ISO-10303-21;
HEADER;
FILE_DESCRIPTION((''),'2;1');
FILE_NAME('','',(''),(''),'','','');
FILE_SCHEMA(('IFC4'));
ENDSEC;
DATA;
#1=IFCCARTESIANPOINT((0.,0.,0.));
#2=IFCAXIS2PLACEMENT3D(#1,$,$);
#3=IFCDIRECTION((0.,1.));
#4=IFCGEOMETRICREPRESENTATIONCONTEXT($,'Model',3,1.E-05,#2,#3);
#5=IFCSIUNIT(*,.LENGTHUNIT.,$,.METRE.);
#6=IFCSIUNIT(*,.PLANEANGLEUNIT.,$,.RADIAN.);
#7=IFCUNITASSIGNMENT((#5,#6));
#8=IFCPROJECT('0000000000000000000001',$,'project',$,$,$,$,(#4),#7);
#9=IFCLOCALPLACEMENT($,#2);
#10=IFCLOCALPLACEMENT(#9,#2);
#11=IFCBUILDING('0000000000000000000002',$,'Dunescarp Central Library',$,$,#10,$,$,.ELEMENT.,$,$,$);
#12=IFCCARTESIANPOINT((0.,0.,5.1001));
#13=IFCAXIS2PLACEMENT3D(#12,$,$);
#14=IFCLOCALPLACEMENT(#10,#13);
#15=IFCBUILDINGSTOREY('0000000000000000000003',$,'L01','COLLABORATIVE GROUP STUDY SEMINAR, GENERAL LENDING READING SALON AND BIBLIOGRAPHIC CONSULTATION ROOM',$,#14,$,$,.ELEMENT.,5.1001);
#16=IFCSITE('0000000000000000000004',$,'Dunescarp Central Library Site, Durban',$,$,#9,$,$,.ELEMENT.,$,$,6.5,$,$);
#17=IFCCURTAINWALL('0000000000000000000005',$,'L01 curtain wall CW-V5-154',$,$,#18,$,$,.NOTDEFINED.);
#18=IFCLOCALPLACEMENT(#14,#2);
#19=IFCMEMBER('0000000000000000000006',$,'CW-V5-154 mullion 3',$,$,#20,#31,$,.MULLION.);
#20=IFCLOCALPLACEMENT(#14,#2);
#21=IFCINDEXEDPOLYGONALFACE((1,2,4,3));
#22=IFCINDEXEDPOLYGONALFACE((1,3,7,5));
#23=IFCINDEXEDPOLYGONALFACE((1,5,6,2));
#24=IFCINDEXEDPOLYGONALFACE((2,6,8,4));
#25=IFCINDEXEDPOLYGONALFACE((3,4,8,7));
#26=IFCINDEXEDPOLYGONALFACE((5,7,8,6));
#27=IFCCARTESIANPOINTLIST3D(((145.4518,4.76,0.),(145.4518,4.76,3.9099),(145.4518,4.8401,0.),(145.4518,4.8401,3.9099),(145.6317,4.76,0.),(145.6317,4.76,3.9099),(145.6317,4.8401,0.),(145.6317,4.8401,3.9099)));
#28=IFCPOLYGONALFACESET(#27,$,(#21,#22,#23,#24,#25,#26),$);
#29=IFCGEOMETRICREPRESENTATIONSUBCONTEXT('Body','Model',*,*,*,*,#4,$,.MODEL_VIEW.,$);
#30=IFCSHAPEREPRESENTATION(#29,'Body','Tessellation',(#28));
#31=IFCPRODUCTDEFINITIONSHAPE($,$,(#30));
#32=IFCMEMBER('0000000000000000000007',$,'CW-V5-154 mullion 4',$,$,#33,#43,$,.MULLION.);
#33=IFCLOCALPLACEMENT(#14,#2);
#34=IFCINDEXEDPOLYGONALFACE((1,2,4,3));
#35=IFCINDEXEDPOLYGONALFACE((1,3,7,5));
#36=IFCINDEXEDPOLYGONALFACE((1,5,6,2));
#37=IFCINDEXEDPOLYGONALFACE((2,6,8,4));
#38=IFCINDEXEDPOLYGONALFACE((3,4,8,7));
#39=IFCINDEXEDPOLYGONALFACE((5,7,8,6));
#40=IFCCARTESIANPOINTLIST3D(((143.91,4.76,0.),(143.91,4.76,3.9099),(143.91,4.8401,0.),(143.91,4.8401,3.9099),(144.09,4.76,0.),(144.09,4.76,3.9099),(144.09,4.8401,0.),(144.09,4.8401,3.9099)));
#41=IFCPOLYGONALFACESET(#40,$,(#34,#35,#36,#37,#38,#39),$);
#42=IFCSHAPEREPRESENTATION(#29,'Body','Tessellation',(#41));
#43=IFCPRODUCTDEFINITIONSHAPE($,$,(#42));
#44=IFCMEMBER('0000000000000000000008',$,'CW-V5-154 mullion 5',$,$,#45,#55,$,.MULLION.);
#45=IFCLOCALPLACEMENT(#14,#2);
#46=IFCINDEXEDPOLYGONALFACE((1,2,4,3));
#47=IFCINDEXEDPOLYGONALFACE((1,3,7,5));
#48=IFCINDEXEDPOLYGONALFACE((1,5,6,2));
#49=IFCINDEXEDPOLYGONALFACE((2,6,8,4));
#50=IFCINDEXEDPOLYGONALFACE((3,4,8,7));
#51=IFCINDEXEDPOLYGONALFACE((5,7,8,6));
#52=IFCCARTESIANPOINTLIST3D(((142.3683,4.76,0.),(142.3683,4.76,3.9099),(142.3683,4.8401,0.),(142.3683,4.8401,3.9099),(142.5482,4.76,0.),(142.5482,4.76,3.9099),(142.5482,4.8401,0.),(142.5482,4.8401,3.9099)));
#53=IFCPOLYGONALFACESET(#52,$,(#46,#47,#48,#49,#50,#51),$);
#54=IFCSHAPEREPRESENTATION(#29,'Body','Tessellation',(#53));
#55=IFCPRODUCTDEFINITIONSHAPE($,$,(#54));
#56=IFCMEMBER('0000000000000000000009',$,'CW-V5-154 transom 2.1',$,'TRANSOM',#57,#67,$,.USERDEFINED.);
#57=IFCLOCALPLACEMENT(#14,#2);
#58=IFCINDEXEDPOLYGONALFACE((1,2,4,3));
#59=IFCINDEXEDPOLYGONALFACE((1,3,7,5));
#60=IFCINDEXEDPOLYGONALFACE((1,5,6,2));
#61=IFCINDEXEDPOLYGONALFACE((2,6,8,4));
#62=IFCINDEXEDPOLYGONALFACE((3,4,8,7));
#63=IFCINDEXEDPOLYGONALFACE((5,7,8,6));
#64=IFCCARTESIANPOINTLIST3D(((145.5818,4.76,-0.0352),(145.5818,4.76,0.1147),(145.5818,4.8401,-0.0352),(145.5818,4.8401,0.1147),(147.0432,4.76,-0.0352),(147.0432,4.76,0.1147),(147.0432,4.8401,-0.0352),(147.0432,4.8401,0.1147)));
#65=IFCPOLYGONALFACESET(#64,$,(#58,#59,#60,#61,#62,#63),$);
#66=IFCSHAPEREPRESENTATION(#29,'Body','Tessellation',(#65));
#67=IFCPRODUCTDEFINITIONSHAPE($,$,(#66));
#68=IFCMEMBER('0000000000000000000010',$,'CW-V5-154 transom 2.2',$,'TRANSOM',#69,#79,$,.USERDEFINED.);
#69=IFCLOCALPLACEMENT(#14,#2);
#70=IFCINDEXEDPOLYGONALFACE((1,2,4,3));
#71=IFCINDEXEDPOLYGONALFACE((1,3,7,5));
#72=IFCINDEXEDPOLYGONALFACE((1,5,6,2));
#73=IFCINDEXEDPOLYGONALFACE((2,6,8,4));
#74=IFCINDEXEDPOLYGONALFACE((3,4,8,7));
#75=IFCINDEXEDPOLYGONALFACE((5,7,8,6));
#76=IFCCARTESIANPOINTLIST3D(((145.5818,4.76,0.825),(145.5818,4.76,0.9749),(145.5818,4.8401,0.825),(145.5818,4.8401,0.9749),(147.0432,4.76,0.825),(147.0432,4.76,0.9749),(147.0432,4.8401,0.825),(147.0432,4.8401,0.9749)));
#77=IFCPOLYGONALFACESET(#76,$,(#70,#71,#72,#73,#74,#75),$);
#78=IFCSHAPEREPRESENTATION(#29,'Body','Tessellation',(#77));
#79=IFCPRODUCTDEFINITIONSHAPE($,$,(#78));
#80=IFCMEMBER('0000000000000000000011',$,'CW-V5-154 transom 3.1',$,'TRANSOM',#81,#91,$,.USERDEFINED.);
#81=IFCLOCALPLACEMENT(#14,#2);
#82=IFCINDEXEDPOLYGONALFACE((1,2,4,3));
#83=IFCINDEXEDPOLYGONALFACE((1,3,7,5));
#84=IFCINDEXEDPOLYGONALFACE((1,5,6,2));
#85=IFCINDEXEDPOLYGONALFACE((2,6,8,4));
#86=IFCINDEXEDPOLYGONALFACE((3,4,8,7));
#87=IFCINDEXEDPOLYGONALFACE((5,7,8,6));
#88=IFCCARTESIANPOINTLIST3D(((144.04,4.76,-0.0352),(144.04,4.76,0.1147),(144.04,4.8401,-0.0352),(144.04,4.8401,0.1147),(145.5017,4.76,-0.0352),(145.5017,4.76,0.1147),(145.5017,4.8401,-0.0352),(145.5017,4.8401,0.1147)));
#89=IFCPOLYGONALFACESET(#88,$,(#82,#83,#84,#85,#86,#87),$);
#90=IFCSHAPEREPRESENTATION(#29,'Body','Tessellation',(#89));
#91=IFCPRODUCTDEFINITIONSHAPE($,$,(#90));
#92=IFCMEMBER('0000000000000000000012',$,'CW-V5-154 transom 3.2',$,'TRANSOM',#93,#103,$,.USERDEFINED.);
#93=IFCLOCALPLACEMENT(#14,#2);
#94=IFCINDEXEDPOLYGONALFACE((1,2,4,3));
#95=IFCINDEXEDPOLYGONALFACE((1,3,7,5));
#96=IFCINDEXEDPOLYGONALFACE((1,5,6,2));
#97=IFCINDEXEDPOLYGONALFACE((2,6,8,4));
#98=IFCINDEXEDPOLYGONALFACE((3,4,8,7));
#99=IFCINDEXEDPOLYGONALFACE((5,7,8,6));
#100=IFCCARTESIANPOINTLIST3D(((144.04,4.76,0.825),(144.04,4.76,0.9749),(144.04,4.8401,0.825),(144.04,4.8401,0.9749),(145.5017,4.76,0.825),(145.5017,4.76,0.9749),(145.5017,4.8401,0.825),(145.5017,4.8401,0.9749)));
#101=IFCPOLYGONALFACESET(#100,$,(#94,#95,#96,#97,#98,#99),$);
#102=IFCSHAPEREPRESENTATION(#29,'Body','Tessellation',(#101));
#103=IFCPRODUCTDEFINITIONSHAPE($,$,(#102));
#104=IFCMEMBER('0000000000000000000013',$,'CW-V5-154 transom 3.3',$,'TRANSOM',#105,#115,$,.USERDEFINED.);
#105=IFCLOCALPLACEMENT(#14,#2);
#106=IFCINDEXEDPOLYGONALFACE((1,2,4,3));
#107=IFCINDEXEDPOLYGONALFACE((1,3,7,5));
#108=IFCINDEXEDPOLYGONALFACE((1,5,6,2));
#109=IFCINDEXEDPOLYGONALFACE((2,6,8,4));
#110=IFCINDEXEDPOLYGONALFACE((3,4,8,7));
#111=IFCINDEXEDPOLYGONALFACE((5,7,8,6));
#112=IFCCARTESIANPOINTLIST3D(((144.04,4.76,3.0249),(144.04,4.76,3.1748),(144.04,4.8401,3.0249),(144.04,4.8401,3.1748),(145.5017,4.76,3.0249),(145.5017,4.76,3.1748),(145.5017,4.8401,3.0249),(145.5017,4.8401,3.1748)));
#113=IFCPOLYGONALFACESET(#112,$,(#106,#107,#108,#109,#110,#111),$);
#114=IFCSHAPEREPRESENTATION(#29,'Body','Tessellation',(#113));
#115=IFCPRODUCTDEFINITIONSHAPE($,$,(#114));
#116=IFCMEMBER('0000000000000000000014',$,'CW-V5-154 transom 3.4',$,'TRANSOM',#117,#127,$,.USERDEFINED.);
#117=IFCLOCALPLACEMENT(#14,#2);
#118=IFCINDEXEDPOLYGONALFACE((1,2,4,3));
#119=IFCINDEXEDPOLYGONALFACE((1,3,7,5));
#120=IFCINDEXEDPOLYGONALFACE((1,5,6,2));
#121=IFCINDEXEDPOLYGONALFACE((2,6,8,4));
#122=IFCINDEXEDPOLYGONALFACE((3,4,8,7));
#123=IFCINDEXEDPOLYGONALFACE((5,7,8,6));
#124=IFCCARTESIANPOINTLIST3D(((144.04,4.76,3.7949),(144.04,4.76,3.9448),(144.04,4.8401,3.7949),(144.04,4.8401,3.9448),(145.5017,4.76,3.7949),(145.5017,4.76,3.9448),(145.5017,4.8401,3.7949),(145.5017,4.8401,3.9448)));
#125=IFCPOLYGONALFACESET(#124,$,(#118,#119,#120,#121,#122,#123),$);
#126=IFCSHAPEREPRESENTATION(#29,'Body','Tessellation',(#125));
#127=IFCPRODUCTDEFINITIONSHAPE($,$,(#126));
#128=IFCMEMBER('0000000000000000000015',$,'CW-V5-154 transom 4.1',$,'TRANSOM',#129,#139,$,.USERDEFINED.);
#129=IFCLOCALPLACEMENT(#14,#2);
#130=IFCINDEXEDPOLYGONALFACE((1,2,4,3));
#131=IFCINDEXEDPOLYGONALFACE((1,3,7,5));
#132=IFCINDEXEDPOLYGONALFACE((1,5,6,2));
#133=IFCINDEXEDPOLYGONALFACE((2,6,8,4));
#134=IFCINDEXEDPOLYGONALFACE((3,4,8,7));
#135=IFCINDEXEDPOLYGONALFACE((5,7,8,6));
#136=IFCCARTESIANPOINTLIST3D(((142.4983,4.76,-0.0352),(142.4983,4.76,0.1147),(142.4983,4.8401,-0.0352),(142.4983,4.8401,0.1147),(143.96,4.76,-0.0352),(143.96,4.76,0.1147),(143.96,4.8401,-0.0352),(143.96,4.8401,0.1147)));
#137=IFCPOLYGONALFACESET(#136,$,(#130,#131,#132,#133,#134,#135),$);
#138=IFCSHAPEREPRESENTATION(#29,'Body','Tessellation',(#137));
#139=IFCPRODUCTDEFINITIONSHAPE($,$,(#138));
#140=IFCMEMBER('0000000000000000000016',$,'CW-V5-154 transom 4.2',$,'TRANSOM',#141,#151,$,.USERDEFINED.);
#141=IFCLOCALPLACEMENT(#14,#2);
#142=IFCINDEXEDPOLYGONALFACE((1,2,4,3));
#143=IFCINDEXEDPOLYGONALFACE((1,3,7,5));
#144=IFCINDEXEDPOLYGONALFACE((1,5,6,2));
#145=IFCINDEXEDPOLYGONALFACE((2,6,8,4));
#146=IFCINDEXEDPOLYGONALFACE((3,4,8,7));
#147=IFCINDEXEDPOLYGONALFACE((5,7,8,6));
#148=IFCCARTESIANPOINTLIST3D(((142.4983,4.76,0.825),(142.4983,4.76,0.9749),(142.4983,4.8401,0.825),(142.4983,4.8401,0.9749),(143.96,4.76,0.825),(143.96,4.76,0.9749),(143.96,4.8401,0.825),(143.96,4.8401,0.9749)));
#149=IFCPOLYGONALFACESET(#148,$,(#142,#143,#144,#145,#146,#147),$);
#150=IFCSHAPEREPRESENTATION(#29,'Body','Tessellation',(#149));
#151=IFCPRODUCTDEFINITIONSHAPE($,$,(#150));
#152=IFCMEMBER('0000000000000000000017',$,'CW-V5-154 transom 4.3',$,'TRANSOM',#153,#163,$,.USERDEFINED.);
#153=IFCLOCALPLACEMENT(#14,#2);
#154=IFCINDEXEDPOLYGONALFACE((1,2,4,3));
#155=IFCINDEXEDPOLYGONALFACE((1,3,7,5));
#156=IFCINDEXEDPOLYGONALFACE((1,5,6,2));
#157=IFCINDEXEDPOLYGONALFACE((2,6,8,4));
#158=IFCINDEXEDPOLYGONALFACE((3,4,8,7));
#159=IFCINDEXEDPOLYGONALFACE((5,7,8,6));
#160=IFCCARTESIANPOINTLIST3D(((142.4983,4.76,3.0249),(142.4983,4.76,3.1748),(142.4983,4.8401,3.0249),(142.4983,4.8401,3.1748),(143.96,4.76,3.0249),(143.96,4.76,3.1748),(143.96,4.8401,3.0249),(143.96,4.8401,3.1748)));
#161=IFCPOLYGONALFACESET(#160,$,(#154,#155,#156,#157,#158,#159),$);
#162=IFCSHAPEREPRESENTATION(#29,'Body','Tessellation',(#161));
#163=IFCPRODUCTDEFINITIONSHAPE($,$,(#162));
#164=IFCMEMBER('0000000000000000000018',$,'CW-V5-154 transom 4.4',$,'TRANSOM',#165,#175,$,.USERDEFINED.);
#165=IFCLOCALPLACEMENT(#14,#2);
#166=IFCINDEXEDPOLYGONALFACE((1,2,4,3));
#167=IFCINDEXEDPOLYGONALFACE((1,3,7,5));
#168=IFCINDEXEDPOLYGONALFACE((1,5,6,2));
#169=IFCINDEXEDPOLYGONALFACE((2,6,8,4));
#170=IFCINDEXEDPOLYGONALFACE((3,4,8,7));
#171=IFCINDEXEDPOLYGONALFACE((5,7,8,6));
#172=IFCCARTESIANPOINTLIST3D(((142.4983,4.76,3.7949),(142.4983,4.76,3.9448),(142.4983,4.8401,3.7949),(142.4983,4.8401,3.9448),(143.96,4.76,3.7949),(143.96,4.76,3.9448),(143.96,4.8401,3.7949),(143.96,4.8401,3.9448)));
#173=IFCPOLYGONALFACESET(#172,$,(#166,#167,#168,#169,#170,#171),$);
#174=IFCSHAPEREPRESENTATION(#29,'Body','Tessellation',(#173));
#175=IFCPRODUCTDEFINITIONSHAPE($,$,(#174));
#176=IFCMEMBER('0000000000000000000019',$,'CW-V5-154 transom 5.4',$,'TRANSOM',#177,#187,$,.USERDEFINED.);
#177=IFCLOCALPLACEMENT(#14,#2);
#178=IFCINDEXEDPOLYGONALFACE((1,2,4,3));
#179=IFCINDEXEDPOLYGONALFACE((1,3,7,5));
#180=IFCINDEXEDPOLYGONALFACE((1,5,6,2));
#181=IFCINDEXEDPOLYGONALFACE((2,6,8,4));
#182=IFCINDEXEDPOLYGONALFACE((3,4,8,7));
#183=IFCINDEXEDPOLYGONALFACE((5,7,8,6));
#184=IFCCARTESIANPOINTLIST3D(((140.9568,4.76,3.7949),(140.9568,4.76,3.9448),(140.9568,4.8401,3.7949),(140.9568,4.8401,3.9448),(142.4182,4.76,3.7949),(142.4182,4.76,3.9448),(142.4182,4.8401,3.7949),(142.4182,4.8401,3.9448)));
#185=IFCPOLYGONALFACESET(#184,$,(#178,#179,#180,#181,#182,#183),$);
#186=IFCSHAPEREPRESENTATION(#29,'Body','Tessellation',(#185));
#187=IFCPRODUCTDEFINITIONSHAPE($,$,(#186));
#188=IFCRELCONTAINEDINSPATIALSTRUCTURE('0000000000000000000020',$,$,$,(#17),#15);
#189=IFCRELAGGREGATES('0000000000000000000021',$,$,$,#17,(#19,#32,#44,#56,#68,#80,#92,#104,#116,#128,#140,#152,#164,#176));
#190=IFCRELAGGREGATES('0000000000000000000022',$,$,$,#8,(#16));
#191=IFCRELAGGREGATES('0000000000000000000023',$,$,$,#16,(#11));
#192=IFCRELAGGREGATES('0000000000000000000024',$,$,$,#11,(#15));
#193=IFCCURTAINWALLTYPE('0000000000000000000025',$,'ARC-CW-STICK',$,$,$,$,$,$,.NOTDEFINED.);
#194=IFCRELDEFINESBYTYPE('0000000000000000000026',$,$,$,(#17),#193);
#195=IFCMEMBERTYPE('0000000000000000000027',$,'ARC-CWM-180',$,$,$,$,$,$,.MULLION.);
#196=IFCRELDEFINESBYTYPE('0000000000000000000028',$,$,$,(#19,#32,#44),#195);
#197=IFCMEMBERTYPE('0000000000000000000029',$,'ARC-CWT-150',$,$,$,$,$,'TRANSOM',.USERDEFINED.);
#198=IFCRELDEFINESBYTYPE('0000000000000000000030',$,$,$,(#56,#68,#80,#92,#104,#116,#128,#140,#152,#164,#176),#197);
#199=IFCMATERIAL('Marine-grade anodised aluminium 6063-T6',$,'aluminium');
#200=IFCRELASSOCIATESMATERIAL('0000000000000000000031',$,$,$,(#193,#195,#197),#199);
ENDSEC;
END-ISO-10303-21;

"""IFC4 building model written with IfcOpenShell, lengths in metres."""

from ifc_helpers import new_model, si_unit, direction, frame, origin, origin_2d, place, context, subcontext, project, spatial, rectangle, extrude, material, material_profile, profile_set, type_object, element, aggregate, save


model = new_model("IFC4")

# Units and contexts
model_context = context("Model", 3, precision=1e-05, world=origin(), true_north=direction((0.0, 1.0)))
body_context = subcontext(model_context, "Body", "Model", "MODEL_VIEW")
ifc_project = project(units=[si_unit("LENGTHUNIT", "METRE"), si_unit("PLANEANGLEUNIT", "RADIAN")], contexts=[model_context])

# Site, building, storey
site_placement = place(None, origin())
site = spatial("IfcSite", under=ifc_project, at=site_placement, Name="Dunescarp Central Library Site, Durban", CompositionType="ELEMENT", RefElevation=6.5)
building_placement = place(site_placement, origin())
building = spatial("IfcBuilding", under=site, at=building_placement, Name="Dunescarp Central Library", CompositionType="ELEMENT")
storey_placement = place(building_placement, frame((0.0, 0.0, 5.1001)))
storey = spatial("IfcBuildingStorey", under=building, at=storey_placement, Name="L01", Description="COLLABORATIVE GROUP STUDY SEMINAR, GENERAL LENDING READING SALON AND BIBLIOGRAPHIC CONSULTATION ROOM", CompositionType="ELEMENT", Elevation=5.1001)

# Curtain wall, members
ifc_material_1 = material(Name="Marine-grade anodised aluminium 6063-T6", Category="aluminium")
curtain_wall_type = type_object("IfcCurtainWallType", Name="ARC-CW-STICK", PredefinedType="NOTDEFINED", material=ifc_material_1)
curtain_wall_placement = place(storey_placement, origin())
curtain_wall = element("IfcCurtainWall", 1, at=curtain_wall_placement, inside=storey, type_object=curtain_wall_type, Name="L01 curtain wall CW-V5-154", PredefinedType="NOTDEFINED")
ifc_material_profile_1 = material_profile(ifc_material_1, rectangle(XDim=0.0801, YDim=0.1799, at=origin_2d()), Name="AL 80x180")
ifc_profile_set_1 = profile_set([ifc_material_profile_1], Name="Marine-grade anodised aluminium 6063-T6")
member_type_1 = type_object("IfcMemberType", Name="ARC-CWM-180", PredefinedType="MULLION", material=ifc_profile_set_1)
member_1_placement = place(storey_placement, frame((145.5417, 4.8, 0.0), z_axis=(0.0, 0.0, 1.0), x_axis=(0.0, -1.0, 0.0)))
member_1 = element("IfcMember", 2, at=member_1_placement, type_object=member_type_1, Name="CW-V5-154 mullion 3", PredefinedType="MULLION", context=body_context, shape_type="SweptSolid", body=[
    extrude(rectangle(XDim=0.0801, YDim=0.1799, at=origin_2d()), origin(), (0.0, 0.0, 1.0), 3.9099),
])
member_2_placement = place(storey_placement, frame((144.0, 4.8, 0.0), z_axis=(0.0, 0.0, 1.0), x_axis=(0.0, -1.0, 0.0)))
member_2 = element("IfcMember", 3, at=member_2_placement, type_object=member_type_1, Name="CW-V5-154 mullion 4", PredefinedType="MULLION", context=body_context, shape_type="SweptSolid", body=[
    extrude(rectangle(XDim=0.0801, YDim=0.1799, at=origin_2d()), origin(), (0.0, 0.0, 1.0), 3.9099),
])
member_3_placement = place(storey_placement, frame((142.4583, 4.8, 0.0), z_axis=(0.0, 0.0, 1.0), x_axis=(0.0, -1.0, 0.0)))
member_3 = element("IfcMember", 4, at=member_3_placement, type_object=member_type_1, Name="CW-V5-154 mullion 5", PredefinedType="MULLION", context=body_context, shape_type="SweptSolid", body=[
    extrude(rectangle(XDim=0.0801, YDim=0.1799, at=origin_2d()), origin(), (0.0, 0.0, 1.0), 3.9099),
])
ifc_material_profile_2 = material_profile(ifc_material_1, rectangle(XDim=0.0801, YDim=0.1499, at=origin_2d()), Name="AL 80x150")
ifc_profile_set_2 = profile_set([ifc_material_profile_2], Name="Marine-grade anodised aluminium 6063-T6")
member_type_2 = type_object("IfcMemberType", Name="ARC-CWT-150", ElementType="TRANSOM", PredefinedType="USERDEFINED", material=ifc_profile_set_2)
member_4_placement = place(storey_placement, frame((147.0432, 4.8, 0.0398), z_axis=(-1.0, 0.0, 0.0), x_axis=(0.0, -1.0, 0.0)))
member_4 = element("IfcMember", 5, at=member_4_placement, type_object=member_type_2, Name="CW-V5-154 transom 2.1", ObjectType="TRANSOM", PredefinedType="USERDEFINED", context=body_context, shape_type="SweptSolid", body=[
    extrude(rectangle(XDim=0.0801, YDim=0.1499, at=origin_2d()), origin(), (0.0, 0.0, 1.0), 1.4614),
])
member_5_placement = place(storey_placement, frame((147.0432, 4.8, 0.8999), z_axis=(-1.0, 0.0, 0.0), x_axis=(0.0, -1.0, 0.0)))
member_5 = element("IfcMember", 6, at=member_5_placement, type_object=member_type_2, Name="CW-V5-154 transom 2.2", ObjectType="TRANSOM", PredefinedType="USERDEFINED", context=body_context, shape_type="SweptSolid", body=[
    extrude(rectangle(XDim=0.0801, YDim=0.1499, at=origin_2d()), origin(), (0.0, 0.0, 1.0), 1.4614),
])
member_6_placement = place(storey_placement, frame((145.5017, 4.8, 0.0398), z_axis=(-1.0, 0.0, 0.0), x_axis=(0.0, -1.0, 0.0)))
member_6 = element("IfcMember", 7, at=member_6_placement, type_object=member_type_2, Name="CW-V5-154 transom 3.1", ObjectType="TRANSOM", PredefinedType="USERDEFINED", context=body_context, shape_type="SweptSolid", body=[
    extrude(rectangle(XDim=0.0801, YDim=0.1499, at=origin_2d()), origin(), (0.0, 0.0, 1.0), 1.4617),
])
member_7_placement = place(storey_placement, frame((145.5017, 4.8, 0.8999), z_axis=(-1.0, 0.0, 0.0), x_axis=(0.0, -1.0, 0.0)))
member_7 = element("IfcMember", 8, at=member_7_placement, type_object=member_type_2, Name="CW-V5-154 transom 3.2", ObjectType="TRANSOM", PredefinedType="USERDEFINED", context=body_context, shape_type="SweptSolid", body=[
    extrude(rectangle(XDim=0.0801, YDim=0.1499, at=origin_2d()), origin(), (0.0, 0.0, 1.0), 1.4617),
])
member_8_placement = place(storey_placement, frame((145.5017, 4.8, 3.0999), z_axis=(-1.0, 0.0, 0.0), x_axis=(0.0, -1.0, 0.0)))
member_8 = element("IfcMember", 9, at=member_8_placement, type_object=member_type_2, Name="CW-V5-154 transom 3.3", ObjectType="TRANSOM", PredefinedType="USERDEFINED", context=body_context, shape_type="SweptSolid", body=[
    extrude(rectangle(XDim=0.0801, YDim=0.1499, at=origin_2d()), origin(), (0.0, 0.0, 1.0), 1.4617),
])
member_9_placement = place(storey_placement, frame((145.5017, 4.8, 3.8699), z_axis=(-1.0, 0.0, 0.0), x_axis=(0.0, -1.0, 0.0)))
member_9 = element("IfcMember", 10, at=member_9_placement, type_object=member_type_2, Name="CW-V5-154 transom 3.4", ObjectType="TRANSOM", PredefinedType="USERDEFINED", context=body_context, shape_type="SweptSolid", body=[
    extrude(rectangle(XDim=0.0801, YDim=0.1499, at=origin_2d()), origin(), (0.0, 0.0, 1.0), 1.4617),
])
member_10_placement = place(storey_placement, frame((143.96, 4.8, 0.0398), z_axis=(-1.0, 0.0, 0.0), x_axis=(0.0, -1.0, 0.0)))
member_10 = element("IfcMember", 11, at=member_10_placement, type_object=member_type_2, Name="CW-V5-154 transom 4.1", ObjectType="TRANSOM", PredefinedType="USERDEFINED", context=body_context, shape_type="SweptSolid", body=[
    extrude(rectangle(XDim=0.0801, YDim=0.1499, at=origin_2d()), origin(), (0.0, 0.0, 1.0), 1.4617),
])
member_11_placement = place(storey_placement, frame((143.96, 4.8, 0.8999), z_axis=(-1.0, 0.0, 0.0), x_axis=(0.0, -1.0, 0.0)))
member_11 = element("IfcMember", 12, at=member_11_placement, type_object=member_type_2, Name="CW-V5-154 transom 4.2", ObjectType="TRANSOM", PredefinedType="USERDEFINED", context=body_context, shape_type="SweptSolid", body=[
    extrude(rectangle(XDim=0.0801, YDim=0.1499, at=origin_2d()), origin(), (0.0, 0.0, 1.0), 1.4617),
])
member_12_placement = place(storey_placement, frame((143.96, 4.8, 3.0999), z_axis=(-1.0, 0.0, 0.0), x_axis=(0.0, -1.0, 0.0)))
member_12 = element("IfcMember", 13, at=member_12_placement, type_object=member_type_2, Name="CW-V5-154 transom 4.3", ObjectType="TRANSOM", PredefinedType="USERDEFINED", context=body_context, shape_type="SweptSolid", body=[
    extrude(rectangle(XDim=0.0801, YDim=0.1499, at=origin_2d()), origin(), (0.0, 0.0, 1.0), 1.4617),
])
member_13_placement = place(storey_placement, frame((143.96, 4.8, 3.8699), z_axis=(-1.0, 0.0, 0.0), x_axis=(0.0, -1.0, 0.0)))
member_13 = element("IfcMember", 14, at=member_13_placement, type_object=member_type_2, Name="CW-V5-154 transom 4.4", ObjectType="TRANSOM", PredefinedType="USERDEFINED", context=body_context, shape_type="SweptSolid", body=[
    extrude(rectangle(XDim=0.0801, YDim=0.1499, at=origin_2d()), origin(), (0.0, 0.0, 1.0), 1.4617),
])
member_14_placement = place(storey_placement, frame((142.4182, 4.8, 3.8699), z_axis=(-1.0, 0.0, 0.0), x_axis=(0.0, -1.0, 0.0)))
member_14 = element("IfcMember", 15, at=member_14_placement, type_object=member_type_2, Name="CW-V5-154 transom 5.4", ObjectType="TRANSOM", PredefinedType="USERDEFINED", context=body_context, shape_type="SweptSolid", body=[
    extrude(rectangle(XDim=0.0801, YDim=0.1499, at=origin_2d()), origin(), (0.0, 0.0, 1.0), 1.4614),
])

aggregate(curtain_wall, [member_1, member_2, member_3, member_4, member_5, member_6, member_7, member_8, member_9, member_10, member_11, member_12, member_13, member_14])

save(model, "model.ifc")
